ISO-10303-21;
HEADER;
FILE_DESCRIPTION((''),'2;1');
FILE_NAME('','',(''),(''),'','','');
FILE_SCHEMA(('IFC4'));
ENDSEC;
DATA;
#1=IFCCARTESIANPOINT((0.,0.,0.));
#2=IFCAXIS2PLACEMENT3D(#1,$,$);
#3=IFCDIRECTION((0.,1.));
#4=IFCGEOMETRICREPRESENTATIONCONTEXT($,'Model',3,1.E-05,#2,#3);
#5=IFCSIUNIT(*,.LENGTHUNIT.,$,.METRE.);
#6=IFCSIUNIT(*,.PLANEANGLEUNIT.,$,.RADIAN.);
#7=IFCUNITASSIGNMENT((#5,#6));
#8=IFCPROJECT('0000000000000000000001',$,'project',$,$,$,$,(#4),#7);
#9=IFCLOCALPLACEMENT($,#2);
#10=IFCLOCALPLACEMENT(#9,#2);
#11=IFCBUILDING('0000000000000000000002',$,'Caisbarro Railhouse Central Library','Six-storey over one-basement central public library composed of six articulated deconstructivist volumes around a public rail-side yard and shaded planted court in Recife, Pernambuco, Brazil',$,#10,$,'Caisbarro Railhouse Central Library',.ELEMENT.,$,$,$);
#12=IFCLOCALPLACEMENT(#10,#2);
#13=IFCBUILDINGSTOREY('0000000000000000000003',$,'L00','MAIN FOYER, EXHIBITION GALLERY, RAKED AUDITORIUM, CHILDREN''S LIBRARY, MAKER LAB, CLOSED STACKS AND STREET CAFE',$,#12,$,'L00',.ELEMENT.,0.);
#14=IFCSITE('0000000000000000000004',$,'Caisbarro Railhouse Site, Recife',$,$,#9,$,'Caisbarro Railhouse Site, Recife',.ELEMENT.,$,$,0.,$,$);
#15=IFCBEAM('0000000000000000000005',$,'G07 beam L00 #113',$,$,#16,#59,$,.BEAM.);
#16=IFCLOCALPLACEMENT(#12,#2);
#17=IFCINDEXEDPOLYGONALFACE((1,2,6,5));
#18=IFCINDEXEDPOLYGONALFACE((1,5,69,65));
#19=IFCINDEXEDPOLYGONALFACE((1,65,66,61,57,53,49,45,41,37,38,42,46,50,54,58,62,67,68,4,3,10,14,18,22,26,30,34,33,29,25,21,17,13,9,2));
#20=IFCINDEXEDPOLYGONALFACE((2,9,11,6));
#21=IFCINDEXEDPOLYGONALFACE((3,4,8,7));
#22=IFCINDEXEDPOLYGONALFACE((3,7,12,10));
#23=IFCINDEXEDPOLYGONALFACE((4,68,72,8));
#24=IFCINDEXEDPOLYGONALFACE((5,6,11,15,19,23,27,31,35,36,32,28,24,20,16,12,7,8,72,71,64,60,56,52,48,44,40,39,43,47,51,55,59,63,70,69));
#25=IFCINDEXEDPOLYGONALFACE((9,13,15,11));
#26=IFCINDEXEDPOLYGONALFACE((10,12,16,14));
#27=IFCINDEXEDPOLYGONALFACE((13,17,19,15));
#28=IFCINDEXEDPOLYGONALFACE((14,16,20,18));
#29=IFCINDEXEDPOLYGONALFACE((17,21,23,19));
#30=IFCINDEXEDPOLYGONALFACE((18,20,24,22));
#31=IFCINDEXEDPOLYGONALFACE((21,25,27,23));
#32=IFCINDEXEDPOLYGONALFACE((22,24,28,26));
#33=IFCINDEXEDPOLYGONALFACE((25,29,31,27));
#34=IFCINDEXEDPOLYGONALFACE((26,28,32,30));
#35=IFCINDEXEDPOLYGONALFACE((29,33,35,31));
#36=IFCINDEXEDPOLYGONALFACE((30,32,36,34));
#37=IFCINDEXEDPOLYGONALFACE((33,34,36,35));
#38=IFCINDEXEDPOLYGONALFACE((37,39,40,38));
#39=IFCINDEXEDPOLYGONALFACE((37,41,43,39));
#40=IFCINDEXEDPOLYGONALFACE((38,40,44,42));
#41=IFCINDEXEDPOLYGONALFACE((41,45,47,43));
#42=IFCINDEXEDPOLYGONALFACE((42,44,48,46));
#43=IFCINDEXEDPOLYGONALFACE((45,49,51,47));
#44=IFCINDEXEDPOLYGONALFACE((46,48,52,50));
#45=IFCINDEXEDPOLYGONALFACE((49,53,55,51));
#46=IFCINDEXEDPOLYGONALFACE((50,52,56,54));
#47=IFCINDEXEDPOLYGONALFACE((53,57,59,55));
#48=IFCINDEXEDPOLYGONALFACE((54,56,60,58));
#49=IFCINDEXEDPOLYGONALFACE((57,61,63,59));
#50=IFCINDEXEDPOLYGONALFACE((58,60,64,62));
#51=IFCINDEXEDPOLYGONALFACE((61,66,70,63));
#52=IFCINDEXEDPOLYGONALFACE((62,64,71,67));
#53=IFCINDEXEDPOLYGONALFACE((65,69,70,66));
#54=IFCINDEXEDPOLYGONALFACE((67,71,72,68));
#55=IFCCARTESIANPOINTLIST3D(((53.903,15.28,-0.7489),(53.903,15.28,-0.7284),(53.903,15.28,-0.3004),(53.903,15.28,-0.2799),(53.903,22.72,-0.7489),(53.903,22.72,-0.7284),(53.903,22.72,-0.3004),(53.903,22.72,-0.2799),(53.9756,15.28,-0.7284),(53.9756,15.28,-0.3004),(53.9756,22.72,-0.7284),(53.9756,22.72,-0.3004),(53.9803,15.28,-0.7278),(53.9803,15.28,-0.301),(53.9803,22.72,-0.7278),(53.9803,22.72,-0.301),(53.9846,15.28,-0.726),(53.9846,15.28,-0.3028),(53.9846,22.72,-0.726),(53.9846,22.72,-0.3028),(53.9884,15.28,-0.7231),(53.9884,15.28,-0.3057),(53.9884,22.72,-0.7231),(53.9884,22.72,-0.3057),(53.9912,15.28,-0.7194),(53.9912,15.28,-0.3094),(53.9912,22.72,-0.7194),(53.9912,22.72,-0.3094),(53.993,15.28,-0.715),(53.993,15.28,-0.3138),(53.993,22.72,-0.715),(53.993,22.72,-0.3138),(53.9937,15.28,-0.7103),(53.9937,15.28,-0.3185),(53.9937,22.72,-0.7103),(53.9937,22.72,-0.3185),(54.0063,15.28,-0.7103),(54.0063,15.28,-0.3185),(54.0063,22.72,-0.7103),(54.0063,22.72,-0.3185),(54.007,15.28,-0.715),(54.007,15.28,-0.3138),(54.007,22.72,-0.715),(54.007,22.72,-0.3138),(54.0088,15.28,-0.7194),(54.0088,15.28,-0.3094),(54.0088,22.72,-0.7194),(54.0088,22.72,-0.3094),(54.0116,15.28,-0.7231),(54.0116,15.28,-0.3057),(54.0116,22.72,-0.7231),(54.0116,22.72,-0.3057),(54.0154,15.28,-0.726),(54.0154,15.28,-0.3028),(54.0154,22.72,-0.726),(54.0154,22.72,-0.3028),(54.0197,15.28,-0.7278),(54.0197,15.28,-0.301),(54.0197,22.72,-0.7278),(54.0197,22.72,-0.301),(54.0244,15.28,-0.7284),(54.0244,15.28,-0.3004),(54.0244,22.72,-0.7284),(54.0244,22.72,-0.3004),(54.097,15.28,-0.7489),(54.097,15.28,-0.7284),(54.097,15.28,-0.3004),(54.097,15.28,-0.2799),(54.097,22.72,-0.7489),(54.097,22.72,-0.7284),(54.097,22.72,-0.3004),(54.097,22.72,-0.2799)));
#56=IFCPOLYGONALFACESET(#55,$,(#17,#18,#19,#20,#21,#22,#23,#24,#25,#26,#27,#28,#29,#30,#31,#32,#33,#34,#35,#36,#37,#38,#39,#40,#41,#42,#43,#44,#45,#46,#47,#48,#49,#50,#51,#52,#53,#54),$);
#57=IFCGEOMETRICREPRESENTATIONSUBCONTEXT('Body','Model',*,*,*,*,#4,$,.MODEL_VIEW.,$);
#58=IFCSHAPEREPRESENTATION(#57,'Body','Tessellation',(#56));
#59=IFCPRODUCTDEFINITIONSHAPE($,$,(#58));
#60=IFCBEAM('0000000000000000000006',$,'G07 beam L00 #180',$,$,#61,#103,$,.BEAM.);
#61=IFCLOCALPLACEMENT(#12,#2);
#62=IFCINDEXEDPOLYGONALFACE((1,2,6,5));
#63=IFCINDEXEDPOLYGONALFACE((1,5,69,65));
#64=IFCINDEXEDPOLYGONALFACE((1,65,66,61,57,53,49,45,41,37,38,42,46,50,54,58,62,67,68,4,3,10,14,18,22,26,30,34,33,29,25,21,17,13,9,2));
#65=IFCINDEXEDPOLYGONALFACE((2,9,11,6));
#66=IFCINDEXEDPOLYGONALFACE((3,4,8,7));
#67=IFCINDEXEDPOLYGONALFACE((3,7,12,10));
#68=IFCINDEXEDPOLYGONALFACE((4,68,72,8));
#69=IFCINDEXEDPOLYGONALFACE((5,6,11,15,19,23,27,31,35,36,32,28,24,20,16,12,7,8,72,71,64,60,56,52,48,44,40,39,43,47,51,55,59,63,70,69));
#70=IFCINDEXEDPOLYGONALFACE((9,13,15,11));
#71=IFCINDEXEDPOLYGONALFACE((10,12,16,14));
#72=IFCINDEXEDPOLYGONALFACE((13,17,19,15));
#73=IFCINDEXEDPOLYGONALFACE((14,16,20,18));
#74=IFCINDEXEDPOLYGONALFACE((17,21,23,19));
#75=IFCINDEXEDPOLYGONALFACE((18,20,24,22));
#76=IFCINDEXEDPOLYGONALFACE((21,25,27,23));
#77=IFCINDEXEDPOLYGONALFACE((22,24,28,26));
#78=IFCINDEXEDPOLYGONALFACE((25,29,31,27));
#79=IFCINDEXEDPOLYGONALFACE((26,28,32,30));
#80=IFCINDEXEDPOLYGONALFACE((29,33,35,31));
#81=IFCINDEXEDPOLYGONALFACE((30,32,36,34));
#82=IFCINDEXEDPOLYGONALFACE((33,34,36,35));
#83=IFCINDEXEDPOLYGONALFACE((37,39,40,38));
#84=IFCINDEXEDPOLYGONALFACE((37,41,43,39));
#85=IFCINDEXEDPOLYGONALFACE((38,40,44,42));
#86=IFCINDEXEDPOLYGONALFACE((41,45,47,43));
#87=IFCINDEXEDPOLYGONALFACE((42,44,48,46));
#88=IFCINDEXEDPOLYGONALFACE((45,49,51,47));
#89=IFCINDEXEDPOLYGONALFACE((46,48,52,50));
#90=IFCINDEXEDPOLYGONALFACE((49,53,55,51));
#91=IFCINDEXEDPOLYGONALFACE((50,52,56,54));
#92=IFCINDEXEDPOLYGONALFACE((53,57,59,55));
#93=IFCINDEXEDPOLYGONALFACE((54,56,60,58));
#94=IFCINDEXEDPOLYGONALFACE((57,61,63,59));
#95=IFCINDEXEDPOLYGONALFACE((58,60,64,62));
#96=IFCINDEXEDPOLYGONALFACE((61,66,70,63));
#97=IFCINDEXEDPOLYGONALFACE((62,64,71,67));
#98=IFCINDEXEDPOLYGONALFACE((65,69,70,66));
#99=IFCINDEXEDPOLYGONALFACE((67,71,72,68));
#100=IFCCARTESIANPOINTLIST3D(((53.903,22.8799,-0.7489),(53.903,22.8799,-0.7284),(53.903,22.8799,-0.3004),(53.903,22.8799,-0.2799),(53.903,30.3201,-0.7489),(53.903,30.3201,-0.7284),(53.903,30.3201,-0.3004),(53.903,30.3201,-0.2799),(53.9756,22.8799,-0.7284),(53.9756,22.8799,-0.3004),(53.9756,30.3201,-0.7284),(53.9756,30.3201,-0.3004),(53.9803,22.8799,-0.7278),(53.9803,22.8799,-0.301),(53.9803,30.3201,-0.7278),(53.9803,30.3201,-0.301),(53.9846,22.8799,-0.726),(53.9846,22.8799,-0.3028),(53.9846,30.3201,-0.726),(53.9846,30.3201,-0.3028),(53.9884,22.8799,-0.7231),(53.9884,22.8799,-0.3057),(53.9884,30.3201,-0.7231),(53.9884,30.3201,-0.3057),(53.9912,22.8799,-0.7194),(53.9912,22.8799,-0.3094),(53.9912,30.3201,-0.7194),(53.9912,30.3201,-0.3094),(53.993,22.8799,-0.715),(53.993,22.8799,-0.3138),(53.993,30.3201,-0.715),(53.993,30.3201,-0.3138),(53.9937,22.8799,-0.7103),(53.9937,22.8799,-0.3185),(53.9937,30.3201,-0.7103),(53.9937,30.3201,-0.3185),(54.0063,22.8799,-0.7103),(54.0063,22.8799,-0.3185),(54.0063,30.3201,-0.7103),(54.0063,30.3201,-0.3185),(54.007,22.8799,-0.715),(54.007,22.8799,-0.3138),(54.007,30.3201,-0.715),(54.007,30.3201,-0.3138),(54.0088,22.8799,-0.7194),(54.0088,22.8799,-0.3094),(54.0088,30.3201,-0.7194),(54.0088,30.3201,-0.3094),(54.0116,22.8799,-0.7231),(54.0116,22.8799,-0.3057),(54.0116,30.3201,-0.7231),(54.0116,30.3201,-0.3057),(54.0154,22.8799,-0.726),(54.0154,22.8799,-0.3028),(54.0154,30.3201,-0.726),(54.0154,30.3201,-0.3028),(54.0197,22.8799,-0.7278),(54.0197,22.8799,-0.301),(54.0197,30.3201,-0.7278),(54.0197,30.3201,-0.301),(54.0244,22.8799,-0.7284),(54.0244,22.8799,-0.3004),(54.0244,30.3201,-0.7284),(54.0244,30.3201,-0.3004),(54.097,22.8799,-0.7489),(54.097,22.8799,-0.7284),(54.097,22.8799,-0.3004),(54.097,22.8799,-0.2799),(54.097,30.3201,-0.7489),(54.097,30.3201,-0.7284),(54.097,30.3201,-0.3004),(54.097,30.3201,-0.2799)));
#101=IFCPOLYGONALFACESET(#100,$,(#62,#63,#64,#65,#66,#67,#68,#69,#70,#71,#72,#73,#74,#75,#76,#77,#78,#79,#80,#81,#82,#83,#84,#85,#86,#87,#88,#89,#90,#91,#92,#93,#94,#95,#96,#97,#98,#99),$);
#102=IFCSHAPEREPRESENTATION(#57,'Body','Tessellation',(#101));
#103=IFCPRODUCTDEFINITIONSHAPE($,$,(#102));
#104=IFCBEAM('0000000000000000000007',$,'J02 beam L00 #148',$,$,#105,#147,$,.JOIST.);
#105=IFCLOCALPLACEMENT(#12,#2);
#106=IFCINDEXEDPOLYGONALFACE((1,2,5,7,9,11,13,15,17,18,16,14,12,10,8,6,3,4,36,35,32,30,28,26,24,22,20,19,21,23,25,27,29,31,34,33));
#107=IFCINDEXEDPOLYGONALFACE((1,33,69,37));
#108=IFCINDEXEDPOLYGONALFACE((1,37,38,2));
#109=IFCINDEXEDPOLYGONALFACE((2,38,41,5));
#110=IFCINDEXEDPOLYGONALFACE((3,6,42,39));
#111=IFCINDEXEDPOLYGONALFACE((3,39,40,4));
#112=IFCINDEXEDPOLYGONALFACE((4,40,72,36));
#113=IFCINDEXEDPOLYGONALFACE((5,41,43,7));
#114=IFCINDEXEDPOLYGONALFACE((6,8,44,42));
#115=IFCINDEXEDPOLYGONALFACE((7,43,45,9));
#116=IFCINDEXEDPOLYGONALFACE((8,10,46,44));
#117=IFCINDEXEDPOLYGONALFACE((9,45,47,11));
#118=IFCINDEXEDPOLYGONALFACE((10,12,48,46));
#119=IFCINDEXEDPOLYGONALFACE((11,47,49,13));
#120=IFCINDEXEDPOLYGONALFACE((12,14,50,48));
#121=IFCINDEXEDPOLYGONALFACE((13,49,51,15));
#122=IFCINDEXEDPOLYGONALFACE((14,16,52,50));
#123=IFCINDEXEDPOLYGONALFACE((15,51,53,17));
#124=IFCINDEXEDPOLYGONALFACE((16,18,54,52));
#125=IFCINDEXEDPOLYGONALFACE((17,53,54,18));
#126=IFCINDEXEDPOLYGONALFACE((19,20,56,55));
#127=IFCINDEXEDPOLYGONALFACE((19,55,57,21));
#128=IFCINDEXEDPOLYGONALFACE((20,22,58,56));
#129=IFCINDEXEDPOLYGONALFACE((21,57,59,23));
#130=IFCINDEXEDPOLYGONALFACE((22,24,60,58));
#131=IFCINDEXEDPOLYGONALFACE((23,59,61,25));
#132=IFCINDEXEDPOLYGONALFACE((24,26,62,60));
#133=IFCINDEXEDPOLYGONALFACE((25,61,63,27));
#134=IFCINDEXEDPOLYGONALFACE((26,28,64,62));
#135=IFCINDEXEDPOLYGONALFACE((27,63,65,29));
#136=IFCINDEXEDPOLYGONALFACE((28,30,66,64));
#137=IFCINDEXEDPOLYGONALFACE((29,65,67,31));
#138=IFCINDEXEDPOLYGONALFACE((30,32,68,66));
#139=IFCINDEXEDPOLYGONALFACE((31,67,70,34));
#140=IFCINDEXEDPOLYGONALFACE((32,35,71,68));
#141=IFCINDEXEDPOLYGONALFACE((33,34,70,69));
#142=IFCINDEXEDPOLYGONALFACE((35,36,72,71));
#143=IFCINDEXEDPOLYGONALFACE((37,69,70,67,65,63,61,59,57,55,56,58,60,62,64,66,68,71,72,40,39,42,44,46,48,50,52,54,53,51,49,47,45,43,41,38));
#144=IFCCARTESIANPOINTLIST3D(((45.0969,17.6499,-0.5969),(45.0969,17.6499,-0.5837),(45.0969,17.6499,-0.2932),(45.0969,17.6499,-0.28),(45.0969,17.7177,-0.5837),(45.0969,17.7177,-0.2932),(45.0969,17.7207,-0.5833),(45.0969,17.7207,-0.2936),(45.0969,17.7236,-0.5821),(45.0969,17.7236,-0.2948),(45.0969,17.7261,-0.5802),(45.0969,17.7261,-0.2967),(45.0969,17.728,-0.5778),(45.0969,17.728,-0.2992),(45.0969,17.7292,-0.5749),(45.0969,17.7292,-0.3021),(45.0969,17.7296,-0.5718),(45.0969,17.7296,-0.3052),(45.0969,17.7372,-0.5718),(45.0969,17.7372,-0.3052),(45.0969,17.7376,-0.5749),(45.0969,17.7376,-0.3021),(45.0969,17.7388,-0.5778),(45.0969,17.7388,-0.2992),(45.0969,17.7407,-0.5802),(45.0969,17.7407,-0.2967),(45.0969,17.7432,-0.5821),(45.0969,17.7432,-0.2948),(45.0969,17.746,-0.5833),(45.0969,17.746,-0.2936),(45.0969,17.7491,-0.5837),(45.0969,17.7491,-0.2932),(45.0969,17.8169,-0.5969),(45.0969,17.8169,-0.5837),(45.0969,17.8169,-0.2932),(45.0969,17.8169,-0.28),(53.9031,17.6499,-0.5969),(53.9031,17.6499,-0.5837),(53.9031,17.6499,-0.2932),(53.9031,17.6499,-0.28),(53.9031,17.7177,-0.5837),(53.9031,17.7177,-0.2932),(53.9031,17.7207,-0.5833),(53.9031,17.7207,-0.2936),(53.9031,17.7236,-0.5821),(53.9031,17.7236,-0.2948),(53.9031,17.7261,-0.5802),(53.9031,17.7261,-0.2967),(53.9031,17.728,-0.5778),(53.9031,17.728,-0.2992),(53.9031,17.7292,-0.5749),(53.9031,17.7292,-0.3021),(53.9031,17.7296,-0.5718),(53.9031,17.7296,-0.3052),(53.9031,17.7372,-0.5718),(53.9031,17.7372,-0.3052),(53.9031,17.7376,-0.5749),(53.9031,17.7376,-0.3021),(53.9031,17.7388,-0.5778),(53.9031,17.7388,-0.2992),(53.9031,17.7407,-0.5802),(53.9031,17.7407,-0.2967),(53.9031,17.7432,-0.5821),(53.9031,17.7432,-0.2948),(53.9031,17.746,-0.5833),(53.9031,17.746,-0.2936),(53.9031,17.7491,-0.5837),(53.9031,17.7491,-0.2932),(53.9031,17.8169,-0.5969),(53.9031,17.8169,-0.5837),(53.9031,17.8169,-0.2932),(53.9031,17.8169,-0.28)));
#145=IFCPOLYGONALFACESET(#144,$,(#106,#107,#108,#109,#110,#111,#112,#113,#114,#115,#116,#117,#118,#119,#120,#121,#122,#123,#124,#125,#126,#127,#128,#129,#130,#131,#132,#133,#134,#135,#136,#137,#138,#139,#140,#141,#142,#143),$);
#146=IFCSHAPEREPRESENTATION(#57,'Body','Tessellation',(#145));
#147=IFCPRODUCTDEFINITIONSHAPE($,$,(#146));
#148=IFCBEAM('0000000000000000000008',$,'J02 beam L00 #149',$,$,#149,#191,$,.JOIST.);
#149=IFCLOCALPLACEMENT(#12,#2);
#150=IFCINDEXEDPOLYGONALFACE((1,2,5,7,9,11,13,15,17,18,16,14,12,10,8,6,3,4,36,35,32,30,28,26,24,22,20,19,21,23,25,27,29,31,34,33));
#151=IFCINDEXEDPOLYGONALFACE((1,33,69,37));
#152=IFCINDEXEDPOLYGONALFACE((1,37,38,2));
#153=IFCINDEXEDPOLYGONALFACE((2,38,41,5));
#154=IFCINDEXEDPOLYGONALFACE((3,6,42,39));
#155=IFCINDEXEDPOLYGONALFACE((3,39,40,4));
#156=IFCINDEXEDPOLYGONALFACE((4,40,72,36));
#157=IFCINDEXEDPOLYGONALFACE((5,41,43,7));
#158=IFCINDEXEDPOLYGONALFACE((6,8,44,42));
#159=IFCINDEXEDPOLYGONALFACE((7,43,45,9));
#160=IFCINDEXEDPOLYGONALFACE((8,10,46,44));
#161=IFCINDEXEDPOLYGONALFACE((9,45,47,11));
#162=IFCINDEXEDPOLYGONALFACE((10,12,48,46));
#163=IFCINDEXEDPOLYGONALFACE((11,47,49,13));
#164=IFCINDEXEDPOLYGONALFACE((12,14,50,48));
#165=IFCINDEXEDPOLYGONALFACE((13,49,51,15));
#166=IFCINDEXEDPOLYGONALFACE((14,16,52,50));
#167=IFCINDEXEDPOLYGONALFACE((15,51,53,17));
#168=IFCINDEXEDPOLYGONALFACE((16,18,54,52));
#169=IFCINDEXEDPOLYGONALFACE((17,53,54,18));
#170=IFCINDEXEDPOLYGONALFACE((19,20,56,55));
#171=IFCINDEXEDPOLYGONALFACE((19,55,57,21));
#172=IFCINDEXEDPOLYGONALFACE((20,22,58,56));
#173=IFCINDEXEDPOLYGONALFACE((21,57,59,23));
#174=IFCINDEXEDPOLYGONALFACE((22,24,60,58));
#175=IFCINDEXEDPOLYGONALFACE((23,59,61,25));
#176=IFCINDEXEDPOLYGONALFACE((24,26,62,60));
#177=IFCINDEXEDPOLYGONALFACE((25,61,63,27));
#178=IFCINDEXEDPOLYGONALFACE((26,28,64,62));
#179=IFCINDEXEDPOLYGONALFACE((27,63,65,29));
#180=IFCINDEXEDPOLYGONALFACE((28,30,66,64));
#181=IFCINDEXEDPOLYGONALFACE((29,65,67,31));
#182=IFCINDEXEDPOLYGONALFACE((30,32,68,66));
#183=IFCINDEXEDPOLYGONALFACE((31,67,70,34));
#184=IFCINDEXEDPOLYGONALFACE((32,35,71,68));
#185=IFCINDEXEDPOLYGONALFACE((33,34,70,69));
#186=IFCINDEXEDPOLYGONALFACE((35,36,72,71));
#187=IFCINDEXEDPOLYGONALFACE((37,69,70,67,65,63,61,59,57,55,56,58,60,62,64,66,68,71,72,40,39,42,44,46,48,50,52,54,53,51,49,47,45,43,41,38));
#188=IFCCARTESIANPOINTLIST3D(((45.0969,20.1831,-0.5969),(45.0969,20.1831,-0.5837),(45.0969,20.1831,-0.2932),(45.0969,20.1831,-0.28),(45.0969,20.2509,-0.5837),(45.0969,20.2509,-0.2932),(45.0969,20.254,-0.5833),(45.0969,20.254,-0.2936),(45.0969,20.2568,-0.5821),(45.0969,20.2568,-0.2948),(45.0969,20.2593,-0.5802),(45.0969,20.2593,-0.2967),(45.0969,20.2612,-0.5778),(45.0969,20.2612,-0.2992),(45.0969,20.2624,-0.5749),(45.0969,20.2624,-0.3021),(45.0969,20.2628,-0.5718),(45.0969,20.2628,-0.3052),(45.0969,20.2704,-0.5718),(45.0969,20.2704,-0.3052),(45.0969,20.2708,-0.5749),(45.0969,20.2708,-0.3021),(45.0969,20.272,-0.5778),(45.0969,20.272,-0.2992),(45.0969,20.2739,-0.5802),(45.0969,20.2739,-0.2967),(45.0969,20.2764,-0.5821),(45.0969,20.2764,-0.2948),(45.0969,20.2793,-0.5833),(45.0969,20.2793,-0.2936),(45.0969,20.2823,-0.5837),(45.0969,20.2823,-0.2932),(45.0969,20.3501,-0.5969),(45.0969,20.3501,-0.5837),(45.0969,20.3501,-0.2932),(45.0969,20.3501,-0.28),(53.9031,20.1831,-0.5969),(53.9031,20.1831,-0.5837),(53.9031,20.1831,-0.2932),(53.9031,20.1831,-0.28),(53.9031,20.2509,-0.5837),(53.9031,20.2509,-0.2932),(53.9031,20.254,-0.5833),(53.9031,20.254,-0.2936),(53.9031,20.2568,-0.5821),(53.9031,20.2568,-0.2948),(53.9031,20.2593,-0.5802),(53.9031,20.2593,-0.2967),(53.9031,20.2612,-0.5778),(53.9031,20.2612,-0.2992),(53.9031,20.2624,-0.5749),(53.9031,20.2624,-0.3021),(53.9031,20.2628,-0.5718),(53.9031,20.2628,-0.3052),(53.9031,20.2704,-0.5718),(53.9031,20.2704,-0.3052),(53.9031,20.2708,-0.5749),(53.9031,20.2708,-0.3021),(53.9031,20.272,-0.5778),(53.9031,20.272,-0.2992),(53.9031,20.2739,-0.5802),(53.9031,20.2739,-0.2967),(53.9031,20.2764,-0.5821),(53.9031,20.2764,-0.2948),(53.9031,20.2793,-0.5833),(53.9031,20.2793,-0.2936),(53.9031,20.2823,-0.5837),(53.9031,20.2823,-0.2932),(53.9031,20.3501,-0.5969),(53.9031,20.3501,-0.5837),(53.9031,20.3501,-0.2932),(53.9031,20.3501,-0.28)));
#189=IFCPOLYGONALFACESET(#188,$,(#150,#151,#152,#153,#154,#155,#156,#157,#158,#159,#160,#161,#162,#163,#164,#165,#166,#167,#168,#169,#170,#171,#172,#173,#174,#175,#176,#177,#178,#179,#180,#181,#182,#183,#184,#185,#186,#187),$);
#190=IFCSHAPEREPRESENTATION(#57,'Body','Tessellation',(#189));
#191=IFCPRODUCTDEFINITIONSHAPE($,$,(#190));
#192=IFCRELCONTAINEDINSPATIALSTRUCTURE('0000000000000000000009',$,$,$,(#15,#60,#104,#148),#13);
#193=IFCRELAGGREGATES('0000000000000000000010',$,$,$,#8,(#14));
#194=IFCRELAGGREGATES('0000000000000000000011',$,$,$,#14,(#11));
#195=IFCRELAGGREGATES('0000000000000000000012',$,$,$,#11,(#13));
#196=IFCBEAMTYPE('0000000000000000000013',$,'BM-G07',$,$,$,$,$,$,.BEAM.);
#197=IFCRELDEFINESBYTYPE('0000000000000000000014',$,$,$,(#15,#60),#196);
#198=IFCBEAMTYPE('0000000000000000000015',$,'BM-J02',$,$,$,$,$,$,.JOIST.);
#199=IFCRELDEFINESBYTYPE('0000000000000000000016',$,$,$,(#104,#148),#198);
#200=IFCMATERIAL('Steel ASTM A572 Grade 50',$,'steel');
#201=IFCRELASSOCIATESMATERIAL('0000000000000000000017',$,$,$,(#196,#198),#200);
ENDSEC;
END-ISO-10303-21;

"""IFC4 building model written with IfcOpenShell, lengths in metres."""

from ifc_helpers import new_model, si_unit, direction, frame, origin, origin_2d, place, context, subcontext, project, spatial, i_section, extrude, material, material_profile, profile_set, type_object, element, save


model = new_model("IFC4")

# Units and contexts
model_context = context("Model", 3, precision=1e-05, world=origin(), true_north=direction((0.0, 1.0)))
body_context = subcontext(model_context, "Body", "Model", "MODEL_VIEW")
ifc_project = project(units=[si_unit("LENGTHUNIT", "METRE"), si_unit("PLANEANGLEUNIT", "RADIAN")], contexts=[model_context])

# Site, building, storey
site_placement = place(None, origin())
site = spatial("IfcSite", under=ifc_project, at=site_placement, Name="Caisbarro Railhouse Site, Recife", LongName="Caisbarro Railhouse Site, Recife", CompositionType="ELEMENT", RefElevation=0.0)
building_placement = place(site_placement, origin())
building = spatial("IfcBuilding", under=site, at=building_placement, Name="Caisbarro Railhouse Central Library", Description="Six-storey over one-basement central public library composed of six articulated deconstructivist volumes around a public rail-side yard and shaded planted court in Recife, Pernambuco, Brazil", LongName="Caisbarro Railhouse Central Library", CompositionType="ELEMENT")
storey_placement = place(building_placement, origin())
storey = spatial("IfcBuildingStorey", under=building, at=storey_placement, Name="L00", Description="MAIN FOYER, EXHIBITION GALLERY, RAKED AUDITORIUM, CHILDREN'S LIBRARY, MAKER LAB, CLOSED STACKS AND STREET CAFE", LongName="L00", CompositionType="ELEMENT", Elevation=0.0)

# Shared definitions
ifc_material_1 = material(Name="Steel ASTM A572 Grade 50", Category="steel")

# Beams
ifc_material_profile_1 = material_profile(ifc_material_1, i_section(OverallWidth=0.1941, OverallDepth=0.469, WebThickness=0.0127, FlangeThickness=0.0205, FilletRadius=0.0181, at=origin_2d()), Name="W460X106.0")
ifc_profile_set_1 = profile_set([ifc_material_profile_1], Name="Steel ASTM A572 Grade 50")
beam_type_1 = type_object("IfcBeamType", Name="BM-G07", PredefinedType="BEAM", material=ifc_profile_set_1)
for number, where, z_axis, x_axis, name in (
    (1, (54.0, 15.28, -0.5144), (0.0, 1.0, 0.0), (-1.0, 0.0, 0.0), "G07 beam L00 #113"),
):
    element("IfcBeam", number, at=place(storey_placement, frame(where, z_axis=z_axis, x_axis=x_axis)), inside=storey, type_object=beam_type_1, Name=name, PredefinedType="BEAM", context=body_context, shape_type="SweptSolid", body=[
        extrude(i_section(OverallWidth=0.1941, OverallDepth=0.469, WebThickness=0.0127, FlangeThickness=0.0205, FilletRadius=0.0181, at=origin_2d()), origin(), (0.0, 0.0, 1.0), 7.4399),
    ])
beam_1_placement = place(storey_placement, frame((54.0, 22.8799, -0.5144), z_axis=(0.0, 1.0, 0.0), x_axis=(-1.0, 0.0, 0.0)))
element("IfcBeam", 2, at=beam_1_placement, inside=storey, type_object=beam_type_1, Name="G07 beam L00 #180", PredefinedType="BEAM", context=body_context, shape_type="SweptSolid", body=[
    extrude(i_section(OverallWidth=0.1941, OverallDepth=0.469, WebThickness=0.0127, FlangeThickness=0.0205, FilletRadius=0.0181, at=origin_2d()), origin(), (0.0, 0.0, 1.0), 7.4402),
])
ifc_material_profile_2 = material_profile(ifc_material_1, i_section(OverallWidth=0.167, OverallDepth=0.3169, WebThickness=0.0076, FlangeThickness=0.0132, FilletRadius=0.012, at=origin_2d()), Name="W310X52.0")
ifc_profile_set_2 = profile_set([ifc_material_profile_2], Name="Steel ASTM A572 Grade 50")
beam_type_2 = type_object("IfcBeamType", Name="BM-J02", PredefinedType="JOIST", material=ifc_profile_set_2)
for number, where, z_axis, x_axis, name in (
    (3, (45.0969, 17.7334, -0.4385), (1.0, 0.0, 0.0), (0.0, 1.0, 0.0), "J02 beam L00 #148"),
    (4, (45.0969, 20.2666, -0.4385), (1.0, 0.0, 0.0), (0.0, 1.0, 0.0), "J02 beam L00 #149"),
):
    element("IfcBeam", number, at=place(storey_placement, frame(where, z_axis=z_axis, x_axis=x_axis)), inside=storey, type_object=beam_type_2, Name=name, PredefinedType="JOIST", context=body_context, shape_type="SweptSolid", body=[
        extrude(i_section(OverallWidth=0.167, OverallDepth=0.3169, WebThickness=0.0076, FlangeThickness=0.0132, FilletRadius=0.012, at=origin_2d()), origin(), (0.0, 0.0, 1.0), 8.8062),
    ])

save(model, "model.ifc")
